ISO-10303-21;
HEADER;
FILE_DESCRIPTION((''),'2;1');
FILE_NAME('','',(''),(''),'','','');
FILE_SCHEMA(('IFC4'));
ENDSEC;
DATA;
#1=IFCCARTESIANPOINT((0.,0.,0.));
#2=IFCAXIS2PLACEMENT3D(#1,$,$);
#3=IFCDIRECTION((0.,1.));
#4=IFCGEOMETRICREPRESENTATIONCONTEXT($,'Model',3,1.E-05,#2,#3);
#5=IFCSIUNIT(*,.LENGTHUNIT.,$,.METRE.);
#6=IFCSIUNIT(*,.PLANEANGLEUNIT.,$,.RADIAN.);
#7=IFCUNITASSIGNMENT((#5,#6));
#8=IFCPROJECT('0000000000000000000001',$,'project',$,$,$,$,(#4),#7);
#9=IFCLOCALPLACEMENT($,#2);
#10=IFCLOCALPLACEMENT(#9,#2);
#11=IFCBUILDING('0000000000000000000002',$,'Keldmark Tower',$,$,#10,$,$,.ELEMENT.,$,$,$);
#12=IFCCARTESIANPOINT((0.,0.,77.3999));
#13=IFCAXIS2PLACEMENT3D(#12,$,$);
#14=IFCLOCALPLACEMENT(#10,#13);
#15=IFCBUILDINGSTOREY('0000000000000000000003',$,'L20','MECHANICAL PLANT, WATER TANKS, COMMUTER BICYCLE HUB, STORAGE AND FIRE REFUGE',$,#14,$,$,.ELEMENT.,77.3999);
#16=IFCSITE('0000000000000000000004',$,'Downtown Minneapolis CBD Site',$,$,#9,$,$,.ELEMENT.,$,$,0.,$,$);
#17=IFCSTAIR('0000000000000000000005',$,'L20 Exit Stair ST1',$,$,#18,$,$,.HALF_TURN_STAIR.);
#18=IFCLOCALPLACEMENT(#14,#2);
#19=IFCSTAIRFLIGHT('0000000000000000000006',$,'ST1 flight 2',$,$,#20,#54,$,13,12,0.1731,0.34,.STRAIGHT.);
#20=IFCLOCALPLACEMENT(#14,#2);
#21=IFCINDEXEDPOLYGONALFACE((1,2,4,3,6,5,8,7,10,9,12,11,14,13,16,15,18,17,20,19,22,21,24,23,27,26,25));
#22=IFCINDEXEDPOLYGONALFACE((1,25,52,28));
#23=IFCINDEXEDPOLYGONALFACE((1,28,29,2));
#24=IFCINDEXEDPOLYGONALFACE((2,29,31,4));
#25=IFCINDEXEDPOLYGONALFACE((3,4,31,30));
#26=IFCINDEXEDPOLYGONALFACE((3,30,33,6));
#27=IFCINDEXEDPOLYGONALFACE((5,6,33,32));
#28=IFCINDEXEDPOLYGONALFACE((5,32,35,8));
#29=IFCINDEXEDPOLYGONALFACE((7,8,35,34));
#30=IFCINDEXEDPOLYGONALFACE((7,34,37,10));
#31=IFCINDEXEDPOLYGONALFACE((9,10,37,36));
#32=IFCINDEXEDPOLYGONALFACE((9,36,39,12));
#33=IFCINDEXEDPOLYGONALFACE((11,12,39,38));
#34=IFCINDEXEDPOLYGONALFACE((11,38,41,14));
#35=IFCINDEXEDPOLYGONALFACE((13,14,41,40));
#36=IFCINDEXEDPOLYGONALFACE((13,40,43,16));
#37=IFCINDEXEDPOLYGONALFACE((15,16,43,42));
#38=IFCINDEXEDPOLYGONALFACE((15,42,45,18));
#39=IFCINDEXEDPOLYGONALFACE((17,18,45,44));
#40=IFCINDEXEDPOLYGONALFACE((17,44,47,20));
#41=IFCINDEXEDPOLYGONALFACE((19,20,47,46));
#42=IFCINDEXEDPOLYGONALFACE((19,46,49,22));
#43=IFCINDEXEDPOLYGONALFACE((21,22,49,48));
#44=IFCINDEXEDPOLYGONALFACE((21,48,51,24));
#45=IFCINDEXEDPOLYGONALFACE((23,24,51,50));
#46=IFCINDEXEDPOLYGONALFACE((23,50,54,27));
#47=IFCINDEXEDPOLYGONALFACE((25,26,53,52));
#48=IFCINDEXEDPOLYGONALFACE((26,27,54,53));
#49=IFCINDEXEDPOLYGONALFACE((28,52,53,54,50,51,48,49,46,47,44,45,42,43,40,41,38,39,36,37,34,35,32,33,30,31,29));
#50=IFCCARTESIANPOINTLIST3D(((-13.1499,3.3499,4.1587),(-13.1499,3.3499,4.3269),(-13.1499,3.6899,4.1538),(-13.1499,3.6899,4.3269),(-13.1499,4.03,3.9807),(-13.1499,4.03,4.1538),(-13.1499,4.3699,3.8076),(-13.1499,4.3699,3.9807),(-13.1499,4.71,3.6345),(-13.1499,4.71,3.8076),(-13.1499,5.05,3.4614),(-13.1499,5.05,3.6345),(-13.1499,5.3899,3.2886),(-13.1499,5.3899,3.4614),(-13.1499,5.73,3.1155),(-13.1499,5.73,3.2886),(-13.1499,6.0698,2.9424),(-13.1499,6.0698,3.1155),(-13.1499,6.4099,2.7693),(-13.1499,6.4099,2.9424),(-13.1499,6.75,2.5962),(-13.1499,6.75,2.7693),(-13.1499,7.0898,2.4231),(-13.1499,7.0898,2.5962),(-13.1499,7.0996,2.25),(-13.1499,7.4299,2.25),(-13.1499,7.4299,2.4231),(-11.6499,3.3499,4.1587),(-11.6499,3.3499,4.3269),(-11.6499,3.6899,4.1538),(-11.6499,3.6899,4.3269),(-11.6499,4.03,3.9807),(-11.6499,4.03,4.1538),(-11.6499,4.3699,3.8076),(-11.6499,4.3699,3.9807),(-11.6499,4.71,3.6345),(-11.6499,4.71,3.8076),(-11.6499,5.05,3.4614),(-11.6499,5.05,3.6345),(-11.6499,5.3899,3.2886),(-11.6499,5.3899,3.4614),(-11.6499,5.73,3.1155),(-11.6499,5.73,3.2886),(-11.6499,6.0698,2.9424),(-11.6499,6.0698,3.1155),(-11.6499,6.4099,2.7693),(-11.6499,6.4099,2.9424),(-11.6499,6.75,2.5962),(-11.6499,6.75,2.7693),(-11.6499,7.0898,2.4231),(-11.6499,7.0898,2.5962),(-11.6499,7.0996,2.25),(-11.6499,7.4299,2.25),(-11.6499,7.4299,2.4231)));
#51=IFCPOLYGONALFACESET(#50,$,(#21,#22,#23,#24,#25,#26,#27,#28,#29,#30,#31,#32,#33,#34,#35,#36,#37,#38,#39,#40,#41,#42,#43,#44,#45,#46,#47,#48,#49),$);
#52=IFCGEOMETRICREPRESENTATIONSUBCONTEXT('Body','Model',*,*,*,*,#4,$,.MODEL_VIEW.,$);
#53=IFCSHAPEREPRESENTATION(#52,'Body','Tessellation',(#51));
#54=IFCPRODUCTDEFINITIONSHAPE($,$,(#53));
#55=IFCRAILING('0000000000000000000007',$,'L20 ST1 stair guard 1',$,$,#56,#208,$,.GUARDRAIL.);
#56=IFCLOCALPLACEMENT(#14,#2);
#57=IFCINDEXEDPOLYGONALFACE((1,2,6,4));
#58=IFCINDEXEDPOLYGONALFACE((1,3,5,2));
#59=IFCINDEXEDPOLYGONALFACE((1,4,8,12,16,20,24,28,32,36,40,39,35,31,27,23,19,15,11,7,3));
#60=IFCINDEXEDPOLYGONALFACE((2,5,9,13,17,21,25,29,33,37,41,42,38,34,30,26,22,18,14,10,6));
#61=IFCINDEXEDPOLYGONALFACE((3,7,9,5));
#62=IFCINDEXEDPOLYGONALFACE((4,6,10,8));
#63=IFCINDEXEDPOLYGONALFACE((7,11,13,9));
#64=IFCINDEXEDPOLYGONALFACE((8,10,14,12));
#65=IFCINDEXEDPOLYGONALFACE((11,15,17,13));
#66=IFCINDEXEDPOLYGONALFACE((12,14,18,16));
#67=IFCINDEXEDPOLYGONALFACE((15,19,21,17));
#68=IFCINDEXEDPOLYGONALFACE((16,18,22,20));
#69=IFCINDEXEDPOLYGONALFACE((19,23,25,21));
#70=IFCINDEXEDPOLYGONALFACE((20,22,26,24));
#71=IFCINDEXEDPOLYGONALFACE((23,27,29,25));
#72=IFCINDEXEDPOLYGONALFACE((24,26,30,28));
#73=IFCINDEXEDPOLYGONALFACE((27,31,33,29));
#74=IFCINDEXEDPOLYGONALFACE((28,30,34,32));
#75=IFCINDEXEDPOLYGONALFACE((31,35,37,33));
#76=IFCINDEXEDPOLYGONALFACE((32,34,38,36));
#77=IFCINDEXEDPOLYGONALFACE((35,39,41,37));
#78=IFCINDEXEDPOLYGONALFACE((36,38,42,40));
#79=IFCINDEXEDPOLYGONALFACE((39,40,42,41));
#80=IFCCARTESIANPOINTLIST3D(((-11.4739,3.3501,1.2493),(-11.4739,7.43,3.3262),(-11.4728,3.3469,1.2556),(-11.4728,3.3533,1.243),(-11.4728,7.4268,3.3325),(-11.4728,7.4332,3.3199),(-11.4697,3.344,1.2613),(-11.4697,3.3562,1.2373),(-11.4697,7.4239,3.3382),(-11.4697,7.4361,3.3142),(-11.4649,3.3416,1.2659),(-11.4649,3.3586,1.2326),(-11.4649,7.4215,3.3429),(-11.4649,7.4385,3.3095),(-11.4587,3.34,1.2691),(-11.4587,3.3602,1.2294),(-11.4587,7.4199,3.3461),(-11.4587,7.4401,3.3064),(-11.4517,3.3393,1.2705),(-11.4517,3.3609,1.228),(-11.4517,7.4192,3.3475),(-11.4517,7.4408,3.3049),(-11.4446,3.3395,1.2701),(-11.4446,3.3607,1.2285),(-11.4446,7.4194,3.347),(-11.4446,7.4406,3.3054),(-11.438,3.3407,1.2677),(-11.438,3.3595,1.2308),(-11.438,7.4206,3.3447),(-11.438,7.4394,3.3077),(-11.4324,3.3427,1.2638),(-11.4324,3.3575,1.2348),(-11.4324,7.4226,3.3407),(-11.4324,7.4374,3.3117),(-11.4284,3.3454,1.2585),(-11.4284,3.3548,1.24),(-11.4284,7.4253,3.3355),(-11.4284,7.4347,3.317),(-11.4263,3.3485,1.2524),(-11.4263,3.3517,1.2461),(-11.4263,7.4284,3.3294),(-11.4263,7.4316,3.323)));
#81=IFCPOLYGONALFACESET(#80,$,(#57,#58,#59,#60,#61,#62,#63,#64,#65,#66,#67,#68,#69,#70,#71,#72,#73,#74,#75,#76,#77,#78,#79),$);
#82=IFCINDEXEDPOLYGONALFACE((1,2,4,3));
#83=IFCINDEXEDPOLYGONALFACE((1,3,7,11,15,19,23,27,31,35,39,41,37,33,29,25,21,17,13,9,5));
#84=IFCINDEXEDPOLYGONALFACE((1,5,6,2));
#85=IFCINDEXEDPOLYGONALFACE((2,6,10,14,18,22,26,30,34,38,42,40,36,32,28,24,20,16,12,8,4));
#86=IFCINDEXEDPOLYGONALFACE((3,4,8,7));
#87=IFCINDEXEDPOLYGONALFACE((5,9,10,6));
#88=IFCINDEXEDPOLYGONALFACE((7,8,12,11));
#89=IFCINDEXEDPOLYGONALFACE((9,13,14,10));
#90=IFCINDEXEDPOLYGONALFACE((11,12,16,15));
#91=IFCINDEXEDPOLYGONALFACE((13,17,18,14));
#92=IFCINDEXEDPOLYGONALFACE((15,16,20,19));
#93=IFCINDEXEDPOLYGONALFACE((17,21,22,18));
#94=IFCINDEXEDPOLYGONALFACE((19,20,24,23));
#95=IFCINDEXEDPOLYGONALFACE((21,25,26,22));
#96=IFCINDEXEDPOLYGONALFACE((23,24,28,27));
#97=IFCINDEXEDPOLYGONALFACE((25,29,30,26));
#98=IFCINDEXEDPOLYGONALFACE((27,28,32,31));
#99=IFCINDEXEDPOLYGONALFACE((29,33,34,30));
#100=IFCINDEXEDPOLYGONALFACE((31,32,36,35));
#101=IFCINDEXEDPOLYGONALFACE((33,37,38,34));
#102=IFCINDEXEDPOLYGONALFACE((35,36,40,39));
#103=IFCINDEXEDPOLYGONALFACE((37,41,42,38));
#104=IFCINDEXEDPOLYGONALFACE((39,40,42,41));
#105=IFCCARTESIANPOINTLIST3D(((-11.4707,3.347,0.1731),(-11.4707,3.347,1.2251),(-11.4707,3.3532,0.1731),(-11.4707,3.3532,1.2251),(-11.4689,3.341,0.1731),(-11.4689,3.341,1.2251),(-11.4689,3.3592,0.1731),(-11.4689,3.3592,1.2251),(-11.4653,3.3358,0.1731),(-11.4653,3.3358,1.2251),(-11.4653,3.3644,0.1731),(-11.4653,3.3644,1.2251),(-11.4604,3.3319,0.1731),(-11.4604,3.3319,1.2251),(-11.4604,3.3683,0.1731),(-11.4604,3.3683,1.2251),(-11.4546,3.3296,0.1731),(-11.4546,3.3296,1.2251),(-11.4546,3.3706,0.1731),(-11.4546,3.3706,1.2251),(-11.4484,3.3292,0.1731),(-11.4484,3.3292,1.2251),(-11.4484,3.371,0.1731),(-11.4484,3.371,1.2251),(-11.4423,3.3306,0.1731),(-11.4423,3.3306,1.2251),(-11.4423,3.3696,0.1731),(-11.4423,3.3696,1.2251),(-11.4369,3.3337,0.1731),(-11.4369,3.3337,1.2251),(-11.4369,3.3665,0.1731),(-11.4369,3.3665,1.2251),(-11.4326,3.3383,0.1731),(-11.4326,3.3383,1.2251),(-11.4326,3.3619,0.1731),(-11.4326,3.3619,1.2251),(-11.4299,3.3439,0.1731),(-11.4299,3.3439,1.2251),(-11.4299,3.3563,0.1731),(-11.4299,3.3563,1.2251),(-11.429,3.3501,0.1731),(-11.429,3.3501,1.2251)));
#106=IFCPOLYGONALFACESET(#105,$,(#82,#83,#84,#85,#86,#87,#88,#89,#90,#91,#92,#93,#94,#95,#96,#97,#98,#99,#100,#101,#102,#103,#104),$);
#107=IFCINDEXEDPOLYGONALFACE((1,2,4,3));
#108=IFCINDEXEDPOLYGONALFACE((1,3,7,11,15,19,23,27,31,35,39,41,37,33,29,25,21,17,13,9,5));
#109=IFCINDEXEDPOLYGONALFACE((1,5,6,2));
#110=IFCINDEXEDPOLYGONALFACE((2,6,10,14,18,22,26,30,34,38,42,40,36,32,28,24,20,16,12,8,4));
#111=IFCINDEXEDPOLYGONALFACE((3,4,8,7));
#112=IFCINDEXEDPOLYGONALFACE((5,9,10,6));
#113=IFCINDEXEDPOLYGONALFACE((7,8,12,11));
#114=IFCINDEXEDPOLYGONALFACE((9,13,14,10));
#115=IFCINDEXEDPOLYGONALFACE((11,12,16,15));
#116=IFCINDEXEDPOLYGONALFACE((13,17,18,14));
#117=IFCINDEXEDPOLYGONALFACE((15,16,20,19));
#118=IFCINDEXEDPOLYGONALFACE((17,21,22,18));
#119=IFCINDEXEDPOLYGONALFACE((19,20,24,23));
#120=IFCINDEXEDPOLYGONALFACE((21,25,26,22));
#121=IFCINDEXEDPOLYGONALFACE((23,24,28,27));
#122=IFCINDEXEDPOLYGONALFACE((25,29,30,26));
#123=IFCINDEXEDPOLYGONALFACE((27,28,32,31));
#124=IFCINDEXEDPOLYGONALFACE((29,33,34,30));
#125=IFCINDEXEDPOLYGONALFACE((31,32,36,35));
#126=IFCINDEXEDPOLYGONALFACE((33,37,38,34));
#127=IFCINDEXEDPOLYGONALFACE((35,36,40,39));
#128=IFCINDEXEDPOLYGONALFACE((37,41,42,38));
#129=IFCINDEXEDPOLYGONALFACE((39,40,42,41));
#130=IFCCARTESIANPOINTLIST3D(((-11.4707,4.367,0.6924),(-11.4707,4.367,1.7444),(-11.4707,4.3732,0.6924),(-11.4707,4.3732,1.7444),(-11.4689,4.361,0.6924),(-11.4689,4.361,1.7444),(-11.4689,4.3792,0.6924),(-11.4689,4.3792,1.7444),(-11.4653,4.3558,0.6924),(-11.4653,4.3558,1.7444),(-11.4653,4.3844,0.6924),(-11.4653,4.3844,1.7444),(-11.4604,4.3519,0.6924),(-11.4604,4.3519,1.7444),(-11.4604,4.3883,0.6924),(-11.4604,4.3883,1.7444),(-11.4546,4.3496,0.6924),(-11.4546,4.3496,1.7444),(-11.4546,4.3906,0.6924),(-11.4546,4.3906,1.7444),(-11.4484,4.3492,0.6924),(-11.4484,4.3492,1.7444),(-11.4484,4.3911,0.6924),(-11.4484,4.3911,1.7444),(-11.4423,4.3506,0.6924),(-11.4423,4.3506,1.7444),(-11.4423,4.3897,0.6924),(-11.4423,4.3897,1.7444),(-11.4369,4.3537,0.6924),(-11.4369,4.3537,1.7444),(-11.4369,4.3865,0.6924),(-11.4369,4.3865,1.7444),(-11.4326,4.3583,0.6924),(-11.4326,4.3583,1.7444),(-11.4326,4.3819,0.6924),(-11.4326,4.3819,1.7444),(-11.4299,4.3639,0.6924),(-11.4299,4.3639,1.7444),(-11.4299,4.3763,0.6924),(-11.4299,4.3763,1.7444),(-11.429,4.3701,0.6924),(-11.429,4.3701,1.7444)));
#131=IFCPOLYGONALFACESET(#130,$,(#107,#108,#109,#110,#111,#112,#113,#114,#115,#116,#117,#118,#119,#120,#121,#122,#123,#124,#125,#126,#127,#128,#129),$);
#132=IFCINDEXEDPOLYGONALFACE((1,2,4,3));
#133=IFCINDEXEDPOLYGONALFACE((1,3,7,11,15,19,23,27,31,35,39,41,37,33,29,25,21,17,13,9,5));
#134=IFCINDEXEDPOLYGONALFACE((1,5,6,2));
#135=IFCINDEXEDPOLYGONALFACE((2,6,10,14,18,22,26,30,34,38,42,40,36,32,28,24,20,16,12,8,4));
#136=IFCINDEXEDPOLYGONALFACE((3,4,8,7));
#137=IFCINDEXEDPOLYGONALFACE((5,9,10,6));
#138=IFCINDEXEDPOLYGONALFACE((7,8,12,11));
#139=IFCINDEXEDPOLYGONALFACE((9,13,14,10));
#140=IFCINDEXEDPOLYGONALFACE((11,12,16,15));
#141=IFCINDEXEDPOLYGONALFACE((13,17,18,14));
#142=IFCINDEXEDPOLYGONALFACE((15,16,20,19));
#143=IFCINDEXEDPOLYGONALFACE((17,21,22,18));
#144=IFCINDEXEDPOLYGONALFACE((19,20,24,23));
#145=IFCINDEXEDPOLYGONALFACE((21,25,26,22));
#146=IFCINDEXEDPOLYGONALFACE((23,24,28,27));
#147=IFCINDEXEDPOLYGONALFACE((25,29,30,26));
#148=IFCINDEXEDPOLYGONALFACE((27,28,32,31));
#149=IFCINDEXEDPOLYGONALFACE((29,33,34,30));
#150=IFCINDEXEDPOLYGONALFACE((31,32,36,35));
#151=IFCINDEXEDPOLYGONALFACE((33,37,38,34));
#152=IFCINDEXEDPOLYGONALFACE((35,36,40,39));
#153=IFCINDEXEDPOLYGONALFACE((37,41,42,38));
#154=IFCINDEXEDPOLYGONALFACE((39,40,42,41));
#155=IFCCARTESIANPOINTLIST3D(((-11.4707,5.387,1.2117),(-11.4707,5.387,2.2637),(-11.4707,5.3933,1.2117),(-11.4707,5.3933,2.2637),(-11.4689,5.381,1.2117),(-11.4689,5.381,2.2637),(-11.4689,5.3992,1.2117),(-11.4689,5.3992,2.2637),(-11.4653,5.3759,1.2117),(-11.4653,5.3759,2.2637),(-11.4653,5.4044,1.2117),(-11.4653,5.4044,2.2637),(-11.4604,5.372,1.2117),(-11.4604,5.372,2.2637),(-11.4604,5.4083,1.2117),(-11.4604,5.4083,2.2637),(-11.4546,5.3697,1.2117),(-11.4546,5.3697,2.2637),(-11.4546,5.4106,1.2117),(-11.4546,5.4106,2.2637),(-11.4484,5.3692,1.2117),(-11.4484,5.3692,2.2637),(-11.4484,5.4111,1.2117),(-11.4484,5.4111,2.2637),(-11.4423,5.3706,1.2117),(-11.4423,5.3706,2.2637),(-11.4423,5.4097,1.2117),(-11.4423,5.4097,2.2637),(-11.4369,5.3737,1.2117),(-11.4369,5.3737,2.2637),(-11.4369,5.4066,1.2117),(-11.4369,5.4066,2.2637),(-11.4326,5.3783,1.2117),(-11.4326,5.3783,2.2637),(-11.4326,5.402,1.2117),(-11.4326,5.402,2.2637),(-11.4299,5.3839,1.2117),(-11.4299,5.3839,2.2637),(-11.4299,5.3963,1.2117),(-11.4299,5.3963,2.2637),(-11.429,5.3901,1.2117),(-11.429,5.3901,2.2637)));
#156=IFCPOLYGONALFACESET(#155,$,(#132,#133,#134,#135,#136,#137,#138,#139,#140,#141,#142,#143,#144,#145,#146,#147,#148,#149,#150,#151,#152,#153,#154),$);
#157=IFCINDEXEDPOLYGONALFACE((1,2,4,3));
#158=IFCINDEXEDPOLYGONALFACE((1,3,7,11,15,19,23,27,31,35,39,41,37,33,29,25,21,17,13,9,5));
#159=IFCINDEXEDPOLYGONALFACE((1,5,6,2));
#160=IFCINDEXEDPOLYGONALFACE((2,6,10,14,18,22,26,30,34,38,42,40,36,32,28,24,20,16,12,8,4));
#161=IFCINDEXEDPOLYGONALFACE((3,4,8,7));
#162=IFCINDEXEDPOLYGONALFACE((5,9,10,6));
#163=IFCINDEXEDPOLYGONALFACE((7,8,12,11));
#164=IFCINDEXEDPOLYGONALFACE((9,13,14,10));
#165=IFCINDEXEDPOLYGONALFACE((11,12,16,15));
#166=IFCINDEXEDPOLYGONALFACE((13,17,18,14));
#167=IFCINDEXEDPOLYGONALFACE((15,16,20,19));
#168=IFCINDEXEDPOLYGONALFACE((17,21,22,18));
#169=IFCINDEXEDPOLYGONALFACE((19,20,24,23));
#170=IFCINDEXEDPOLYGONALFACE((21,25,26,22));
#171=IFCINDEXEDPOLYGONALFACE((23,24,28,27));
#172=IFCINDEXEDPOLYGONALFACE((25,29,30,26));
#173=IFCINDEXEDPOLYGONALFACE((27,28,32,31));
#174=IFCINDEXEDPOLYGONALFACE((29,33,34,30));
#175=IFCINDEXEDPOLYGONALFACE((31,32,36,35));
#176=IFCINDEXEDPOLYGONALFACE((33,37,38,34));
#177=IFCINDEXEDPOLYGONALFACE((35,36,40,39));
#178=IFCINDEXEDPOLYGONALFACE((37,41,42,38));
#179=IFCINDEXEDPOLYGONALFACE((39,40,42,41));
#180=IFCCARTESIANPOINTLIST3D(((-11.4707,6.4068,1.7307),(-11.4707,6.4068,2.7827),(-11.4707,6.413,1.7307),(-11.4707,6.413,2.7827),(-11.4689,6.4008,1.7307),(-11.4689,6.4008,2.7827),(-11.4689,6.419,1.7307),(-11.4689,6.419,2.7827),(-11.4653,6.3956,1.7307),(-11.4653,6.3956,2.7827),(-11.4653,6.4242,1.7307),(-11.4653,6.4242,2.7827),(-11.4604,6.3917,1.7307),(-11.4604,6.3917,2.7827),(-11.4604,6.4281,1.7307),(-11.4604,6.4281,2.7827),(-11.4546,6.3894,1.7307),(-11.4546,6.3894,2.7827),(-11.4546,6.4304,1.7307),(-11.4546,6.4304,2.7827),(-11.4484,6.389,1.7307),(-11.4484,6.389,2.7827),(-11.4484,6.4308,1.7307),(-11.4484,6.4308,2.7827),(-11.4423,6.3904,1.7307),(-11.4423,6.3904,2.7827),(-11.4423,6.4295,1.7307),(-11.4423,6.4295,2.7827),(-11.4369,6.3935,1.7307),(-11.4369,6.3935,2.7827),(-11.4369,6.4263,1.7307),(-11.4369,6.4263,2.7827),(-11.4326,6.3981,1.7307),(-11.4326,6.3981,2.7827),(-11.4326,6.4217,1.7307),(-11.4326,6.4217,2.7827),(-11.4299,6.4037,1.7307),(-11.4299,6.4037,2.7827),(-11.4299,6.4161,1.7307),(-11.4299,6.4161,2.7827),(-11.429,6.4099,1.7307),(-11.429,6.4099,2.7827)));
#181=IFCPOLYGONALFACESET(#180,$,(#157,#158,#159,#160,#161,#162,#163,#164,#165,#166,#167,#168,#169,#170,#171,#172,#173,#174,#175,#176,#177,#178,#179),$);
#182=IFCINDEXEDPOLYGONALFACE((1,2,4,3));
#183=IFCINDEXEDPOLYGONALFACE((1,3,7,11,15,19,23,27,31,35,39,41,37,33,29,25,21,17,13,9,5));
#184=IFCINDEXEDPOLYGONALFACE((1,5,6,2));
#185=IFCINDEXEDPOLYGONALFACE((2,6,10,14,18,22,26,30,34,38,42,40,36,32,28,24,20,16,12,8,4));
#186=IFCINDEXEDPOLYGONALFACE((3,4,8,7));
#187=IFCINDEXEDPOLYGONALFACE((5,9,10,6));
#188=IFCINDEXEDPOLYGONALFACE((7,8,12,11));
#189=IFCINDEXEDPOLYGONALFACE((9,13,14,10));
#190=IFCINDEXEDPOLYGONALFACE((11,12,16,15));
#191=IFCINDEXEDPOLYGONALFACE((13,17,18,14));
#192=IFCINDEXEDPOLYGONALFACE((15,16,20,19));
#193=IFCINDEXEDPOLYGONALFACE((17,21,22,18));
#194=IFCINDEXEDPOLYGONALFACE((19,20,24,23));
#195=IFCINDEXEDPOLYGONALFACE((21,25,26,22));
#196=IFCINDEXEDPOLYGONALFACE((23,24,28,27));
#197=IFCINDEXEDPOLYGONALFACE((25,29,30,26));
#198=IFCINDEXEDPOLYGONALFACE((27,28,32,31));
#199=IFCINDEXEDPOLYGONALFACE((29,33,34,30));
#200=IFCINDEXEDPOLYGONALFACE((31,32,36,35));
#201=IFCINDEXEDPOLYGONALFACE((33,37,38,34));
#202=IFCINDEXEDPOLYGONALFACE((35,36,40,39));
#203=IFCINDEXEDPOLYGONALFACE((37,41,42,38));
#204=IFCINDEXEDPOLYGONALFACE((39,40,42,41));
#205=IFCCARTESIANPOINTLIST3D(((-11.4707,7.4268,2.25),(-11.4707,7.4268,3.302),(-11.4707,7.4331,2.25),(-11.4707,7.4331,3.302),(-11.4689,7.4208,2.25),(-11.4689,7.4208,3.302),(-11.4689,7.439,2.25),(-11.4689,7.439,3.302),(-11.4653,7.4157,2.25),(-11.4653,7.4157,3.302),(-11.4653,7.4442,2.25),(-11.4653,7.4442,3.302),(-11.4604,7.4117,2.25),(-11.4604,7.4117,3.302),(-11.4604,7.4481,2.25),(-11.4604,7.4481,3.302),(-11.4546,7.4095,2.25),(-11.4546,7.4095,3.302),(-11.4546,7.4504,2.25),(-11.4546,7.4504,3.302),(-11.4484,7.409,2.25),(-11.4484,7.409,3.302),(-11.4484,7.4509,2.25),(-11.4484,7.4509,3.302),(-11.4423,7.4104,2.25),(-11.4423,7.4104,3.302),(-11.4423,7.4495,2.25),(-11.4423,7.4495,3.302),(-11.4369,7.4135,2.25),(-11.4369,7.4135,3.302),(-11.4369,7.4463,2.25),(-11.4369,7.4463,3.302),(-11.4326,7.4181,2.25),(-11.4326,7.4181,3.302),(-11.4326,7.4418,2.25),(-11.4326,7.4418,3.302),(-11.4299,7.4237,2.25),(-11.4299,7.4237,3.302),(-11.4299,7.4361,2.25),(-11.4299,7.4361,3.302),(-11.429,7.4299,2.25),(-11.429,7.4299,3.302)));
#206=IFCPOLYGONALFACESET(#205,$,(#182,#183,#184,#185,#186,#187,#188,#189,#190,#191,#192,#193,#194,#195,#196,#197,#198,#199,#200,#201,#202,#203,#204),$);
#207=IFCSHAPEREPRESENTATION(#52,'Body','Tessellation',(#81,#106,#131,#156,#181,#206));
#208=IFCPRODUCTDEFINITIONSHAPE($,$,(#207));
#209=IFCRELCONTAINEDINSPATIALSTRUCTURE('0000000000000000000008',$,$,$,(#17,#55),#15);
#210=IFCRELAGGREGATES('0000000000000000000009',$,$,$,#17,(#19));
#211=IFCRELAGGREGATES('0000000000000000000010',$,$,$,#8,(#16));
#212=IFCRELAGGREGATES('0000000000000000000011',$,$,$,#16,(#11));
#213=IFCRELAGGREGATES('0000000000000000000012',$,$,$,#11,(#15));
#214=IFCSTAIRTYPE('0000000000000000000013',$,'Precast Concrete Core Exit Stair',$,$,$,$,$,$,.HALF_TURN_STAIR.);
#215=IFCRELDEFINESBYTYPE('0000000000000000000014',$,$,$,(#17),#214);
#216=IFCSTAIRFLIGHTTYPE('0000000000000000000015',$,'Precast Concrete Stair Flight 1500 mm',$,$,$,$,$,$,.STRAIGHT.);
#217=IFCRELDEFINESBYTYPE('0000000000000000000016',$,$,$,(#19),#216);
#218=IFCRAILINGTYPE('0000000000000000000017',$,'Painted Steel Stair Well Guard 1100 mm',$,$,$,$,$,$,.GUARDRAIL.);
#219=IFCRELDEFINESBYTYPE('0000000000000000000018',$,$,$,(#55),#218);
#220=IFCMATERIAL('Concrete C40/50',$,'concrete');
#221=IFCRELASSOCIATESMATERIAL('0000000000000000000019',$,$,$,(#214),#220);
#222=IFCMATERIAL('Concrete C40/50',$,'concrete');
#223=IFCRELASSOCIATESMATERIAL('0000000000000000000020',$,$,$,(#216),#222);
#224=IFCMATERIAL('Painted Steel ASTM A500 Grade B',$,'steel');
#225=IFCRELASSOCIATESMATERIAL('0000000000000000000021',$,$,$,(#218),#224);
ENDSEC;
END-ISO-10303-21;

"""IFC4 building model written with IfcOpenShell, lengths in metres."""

from ifc_helpers import new_model, si_unit, direction, frame, origin, origin_2d, place, context, subcontext, project, spatial, polyline, circle, outline, extrude, material, type_object, element, aggregate, save


model = new_model("IFC4")

# Units and contexts
model_context = context("Model", 3, precision=1e-05, world=origin(), true_north=direction((0.0, 1.0)))
body_context = subcontext(model_context, "Body", "Model", "MODEL_VIEW")
ifc_project = project(units=[si_unit("LENGTHUNIT", "METRE"), si_unit("PLANEANGLEUNIT", "RADIAN")], contexts=[model_context])

# Site, building, storey
site_placement = place(None, origin())
site = spatial("IfcSite", under=ifc_project, at=site_placement, Name="Downtown Minneapolis CBD Site", CompositionType="ELEMENT", RefElevation=0.0)
building_placement = place(site_placement, origin())
building = spatial("IfcBuilding", under=site, at=building_placement, Name="Keldmark Tower", CompositionType="ELEMENT")
storey_placement = place(building_placement, frame((0.0, 0.0, 77.3999)))
storey = spatial("IfcBuildingStorey", under=building, at=storey_placement, Name="L20", Description="MECHANICAL PLANT, WATER TANKS, COMMUTER BICYCLE HUB, STORAGE AND FIRE REFUGE", CompositionType="ELEMENT", Elevation=77.3999)

# Stair, stair flight
ifc_material_1 = material(Name="Concrete C40/50", Category="concrete")
stair_type = type_object("IfcStairType", Name="Precast Concrete Core Exit Stair", PredefinedType="HALF_TURN_STAIR", material=ifc_material_1)
stair_placement = place(storey_placement, origin())
stair = element("IfcStair", 1, at=stair_placement, inside=storey, type_object=stair_type, Name="L20 Exit Stair ST1", PredefinedType="HALF_TURN_STAIR")
ifc_material_2 = material(Name="Concrete C40/50", Category="concrete")
stair_flight_type = type_object("IfcStairFlightType", Name="Precast Concrete Stair Flight 1500 mm", PredefinedType="STRAIGHT", material=ifc_material_2)
stair_flight_1_placement = place(storey_placement, frame((-12.3999, 7.4299, 2.25), z_axis=(0.0, 0.0, 1.0), x_axis=(0.0, -1.0, 0.0)))
stair_flight_1 = element("IfcStairFlight", 2, at=stair_flight_1_placement, type_object=stair_flight_type, Name="ST1 flight 2", NumberOfRisers=13, NumberOfTreads=12, PredefinedType="STRAIGHT", RiserHeight=0.1731, TreadLength=0.34, context=body_context, shape_type="SweptSolid", body=[
    extrude(outline(polyline([(0.0, 0.0), (0.0, 0.1731), (0.3401, 0.1731), (0.3401, 0.3462), (0.6799, 0.3462), (0.6799, 0.5193), (1.02, 0.5193), (1.02, 0.6924), (1.3601, 0.6924), (1.3601, 0.8655), (1.7, 0.8655), (1.7, 1.0386), (2.04, 1.0386), (2.04, 1.2114), (2.3799, 1.2114), (2.3799, 1.3845), (2.72, 1.3845), (2.72, 1.5576), (3.0601, 1.5576), (3.0601, 1.7307), (3.3999, 1.7307), (3.3999, 1.9038), (3.74, 1.9038), (3.74, 2.0769), (4.0801, 2.0769), (4.0801, 2.25), (4.0801, 1.9087), (0.3303, 0.0), (0.0, 0.0)])), frame((0.0, 0.75, 0.0), z_axis=(0.0, -1.0, 0.0), x_axis=(1.0, 0.0, 0.0)), (0.0, 0.0, 1.0), 1.5),
])
aggregate(stair, [stair_flight_1])

# Railing
ifc_material_3 = material(Name="Painted Steel ASTM A500 Grade B", Category="steel")
railing_type_1 = type_object("IfcRailingType", Name="Painted Steel Stair Well Guard 1100 mm", PredefinedType="GUARDRAIL", material=ifc_material_3)
railing_1_placement = place(storey_placement, frame((-11.45, 3.3501, 0.1731)))
element("IfcRailing", 3, at=railing_1_placement, inside=storey, type_object=railing_type_1, Name="L20 ST1 stair guard 1", PredefinedType="GUARDRAIL", context=body_context, shape_type="SweptSolid", body=[
    extrude(circle(Radius=0.0239, at=origin_2d()), frame((0.0, 0.0, 1.0762), z_axis=(0.0, 0.891172, 0.453665), x_axis=(-1.0, 0.0, 0.0)), (0.0, 0.0, 1.0), 4.5781),
    extrude(circle(Radius=0.021, at=origin_2d()), origin(), (0.0, 0.0, 1.0), 1.052),
    extrude(circle(Radius=0.021, at=origin_2d()), frame((0.0, 1.02, 0.5193)), (0.0, 0.0, 1.0), 1.052),
    extrude(circle(Radius=0.021, at=origin_2d()), frame((0.0, 2.04, 1.0386)), (0.0, 0.0, 1.0), 1.052),
    extrude(circle(Radius=0.021, at=origin_2d()), frame((0.0, 3.0598, 1.5576)), (0.0, 0.0, 1.0), 1.052),
    extrude(circle(Radius=0.021, at=origin_2d()), frame((0.0, 4.0798, 2.0769)), (0.0, 0.0, 1.0), 1.052),
])

save(model, "model.ifc")
